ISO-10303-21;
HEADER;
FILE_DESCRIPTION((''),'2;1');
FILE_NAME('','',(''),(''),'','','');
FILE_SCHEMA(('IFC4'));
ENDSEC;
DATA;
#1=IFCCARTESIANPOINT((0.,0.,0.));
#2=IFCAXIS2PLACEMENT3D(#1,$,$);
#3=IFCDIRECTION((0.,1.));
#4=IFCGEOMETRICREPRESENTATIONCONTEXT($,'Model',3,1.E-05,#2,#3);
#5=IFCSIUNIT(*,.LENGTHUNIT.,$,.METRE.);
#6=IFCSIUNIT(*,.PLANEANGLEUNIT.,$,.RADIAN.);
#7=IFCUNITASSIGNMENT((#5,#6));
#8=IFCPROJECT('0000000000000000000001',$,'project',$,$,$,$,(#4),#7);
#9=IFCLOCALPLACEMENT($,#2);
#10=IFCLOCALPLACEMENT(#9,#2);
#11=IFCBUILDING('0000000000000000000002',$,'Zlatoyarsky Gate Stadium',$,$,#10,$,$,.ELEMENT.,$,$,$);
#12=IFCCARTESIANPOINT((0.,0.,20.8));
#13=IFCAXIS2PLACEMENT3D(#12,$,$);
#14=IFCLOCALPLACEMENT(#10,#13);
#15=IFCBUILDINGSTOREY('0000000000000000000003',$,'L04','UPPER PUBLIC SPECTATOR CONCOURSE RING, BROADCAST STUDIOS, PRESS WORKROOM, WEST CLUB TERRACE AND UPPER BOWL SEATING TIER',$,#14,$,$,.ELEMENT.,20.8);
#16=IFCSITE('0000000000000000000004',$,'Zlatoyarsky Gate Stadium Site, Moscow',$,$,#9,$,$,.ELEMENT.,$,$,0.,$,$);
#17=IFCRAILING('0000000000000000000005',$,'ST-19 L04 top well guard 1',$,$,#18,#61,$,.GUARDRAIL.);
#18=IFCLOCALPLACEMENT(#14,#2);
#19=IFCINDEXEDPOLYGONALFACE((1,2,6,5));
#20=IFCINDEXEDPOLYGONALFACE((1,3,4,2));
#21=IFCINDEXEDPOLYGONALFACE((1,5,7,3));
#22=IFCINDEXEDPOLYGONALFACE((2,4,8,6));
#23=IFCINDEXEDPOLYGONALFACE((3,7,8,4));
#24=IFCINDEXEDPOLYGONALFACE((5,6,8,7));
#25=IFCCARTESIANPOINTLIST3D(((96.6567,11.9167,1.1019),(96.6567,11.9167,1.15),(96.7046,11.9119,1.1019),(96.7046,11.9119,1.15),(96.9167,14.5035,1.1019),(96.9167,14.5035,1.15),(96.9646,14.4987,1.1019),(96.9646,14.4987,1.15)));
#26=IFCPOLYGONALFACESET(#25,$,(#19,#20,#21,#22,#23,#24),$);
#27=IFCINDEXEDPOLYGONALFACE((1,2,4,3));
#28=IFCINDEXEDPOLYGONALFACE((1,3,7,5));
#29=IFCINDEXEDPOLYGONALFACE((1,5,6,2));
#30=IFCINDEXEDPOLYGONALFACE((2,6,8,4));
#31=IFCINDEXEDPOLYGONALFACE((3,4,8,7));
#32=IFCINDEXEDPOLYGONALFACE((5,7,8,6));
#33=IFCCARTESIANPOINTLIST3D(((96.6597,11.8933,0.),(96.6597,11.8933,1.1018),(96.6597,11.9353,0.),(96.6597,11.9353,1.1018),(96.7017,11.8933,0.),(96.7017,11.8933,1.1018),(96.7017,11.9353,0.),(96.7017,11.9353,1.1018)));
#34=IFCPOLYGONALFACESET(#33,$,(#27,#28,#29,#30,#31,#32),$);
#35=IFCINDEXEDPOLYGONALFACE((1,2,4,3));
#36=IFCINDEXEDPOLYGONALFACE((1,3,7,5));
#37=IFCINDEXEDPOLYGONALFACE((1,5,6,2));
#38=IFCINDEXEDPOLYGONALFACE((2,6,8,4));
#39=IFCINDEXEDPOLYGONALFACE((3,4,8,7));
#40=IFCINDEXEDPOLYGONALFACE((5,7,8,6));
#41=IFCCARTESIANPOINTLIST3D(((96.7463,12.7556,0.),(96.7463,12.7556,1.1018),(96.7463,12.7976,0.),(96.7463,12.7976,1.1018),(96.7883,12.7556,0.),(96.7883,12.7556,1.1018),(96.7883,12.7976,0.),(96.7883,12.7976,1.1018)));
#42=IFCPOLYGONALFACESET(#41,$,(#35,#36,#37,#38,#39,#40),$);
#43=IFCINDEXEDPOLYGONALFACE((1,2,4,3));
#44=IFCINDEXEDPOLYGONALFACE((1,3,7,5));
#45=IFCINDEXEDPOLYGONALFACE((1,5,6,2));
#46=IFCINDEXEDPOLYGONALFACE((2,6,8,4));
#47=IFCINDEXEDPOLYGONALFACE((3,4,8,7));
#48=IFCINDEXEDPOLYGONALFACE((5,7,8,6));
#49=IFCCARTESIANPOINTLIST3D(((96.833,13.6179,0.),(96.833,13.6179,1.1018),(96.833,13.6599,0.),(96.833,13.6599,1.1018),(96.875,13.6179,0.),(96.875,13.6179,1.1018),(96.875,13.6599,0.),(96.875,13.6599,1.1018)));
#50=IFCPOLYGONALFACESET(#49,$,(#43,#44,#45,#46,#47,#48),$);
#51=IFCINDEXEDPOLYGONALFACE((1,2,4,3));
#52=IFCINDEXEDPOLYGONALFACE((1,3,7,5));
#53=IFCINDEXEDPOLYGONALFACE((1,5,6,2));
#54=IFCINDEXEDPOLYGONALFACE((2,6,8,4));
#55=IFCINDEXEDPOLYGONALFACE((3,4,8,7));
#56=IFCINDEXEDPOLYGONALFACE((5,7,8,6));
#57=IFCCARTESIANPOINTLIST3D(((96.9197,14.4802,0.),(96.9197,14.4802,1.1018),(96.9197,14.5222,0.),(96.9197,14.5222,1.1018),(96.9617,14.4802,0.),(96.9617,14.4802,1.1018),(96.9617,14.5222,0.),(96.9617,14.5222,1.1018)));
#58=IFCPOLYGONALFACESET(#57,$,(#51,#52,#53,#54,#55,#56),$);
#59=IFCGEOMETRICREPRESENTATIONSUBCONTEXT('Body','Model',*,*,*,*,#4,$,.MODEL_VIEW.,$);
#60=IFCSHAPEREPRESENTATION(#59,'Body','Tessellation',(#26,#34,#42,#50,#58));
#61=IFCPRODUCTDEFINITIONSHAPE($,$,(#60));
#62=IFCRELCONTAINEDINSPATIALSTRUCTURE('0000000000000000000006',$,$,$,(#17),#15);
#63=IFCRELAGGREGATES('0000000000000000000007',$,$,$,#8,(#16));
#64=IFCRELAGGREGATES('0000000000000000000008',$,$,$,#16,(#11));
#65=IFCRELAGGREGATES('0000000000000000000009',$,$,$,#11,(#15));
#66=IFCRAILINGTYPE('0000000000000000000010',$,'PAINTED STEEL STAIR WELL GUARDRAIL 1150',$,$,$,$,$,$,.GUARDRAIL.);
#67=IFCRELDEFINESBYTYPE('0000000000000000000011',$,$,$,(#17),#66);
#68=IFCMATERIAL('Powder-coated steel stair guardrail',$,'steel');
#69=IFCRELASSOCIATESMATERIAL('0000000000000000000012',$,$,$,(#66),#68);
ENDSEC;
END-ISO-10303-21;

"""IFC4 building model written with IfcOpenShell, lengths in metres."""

from ifc_helpers import new_model, si_unit, direction, frame, origin, origin_2d, place, context, subcontext, project, spatial, rectangle, extrude, material, type_object, element, save


model = new_model("IFC4")

# Units and contexts
model_context = context("Model", 3, precision=1e-05, world=origin(), true_north=direction((0.0, 1.0)))
body_context = subcontext(model_context, "Body", "Model", "MODEL_VIEW")
ifc_project = project(units=[si_unit("LENGTHUNIT", "METRE"), si_unit("PLANEANGLEUNIT", "RADIAN")], contexts=[model_context])

# Site, building, storey
site_placement = place(None, origin())
site = spatial("IfcSite", under=ifc_project, at=site_placement, Name="Zlatoyarsky Gate Stadium Site, Moscow", CompositionType="ELEMENT", RefElevation=0.0)
building_placement = place(site_placement, origin())
building = spatial("IfcBuilding", under=site, at=building_placement, Name="Zlatoyarsky Gate Stadium", CompositionType="ELEMENT")
storey_placement = place(building_placement, frame((0.0, 0.0, 20.8)))
storey = spatial("IfcBuildingStorey", under=building, at=storey_placement, Name="L04", Description="UPPER PUBLIC SPECTATOR CONCOURSE RING, BROADCAST STUDIOS, PRESS WORKROOM, WEST CLUB TERRACE AND UPPER BOWL SEATING TIER", CompositionType="ELEMENT", Elevation=20.8)

# Railing
ifc_material_1 = material(Name="Powder-coated steel stair guardrail", Category="steel")
railing_type = type_object("IfcRailingType", Name="PAINTED STEEL STAIR WELL GUARDRAIL 1150", PredefinedType="GUARDRAIL", material=ifc_material_1)
railing_placement = place(storey_placement, frame((96.6807, 11.9143, 0.0)))
element("IfcRailing", 1, at=railing_placement, inside=storey, type_object=railing_type, Name="ST-19 L04 top well guard 1", PredefinedType="GUARDRAIL", context=body_context, shape_type="SweptSolid", body=[
    extrude(rectangle(XDim=0.0481, YDim=0.0481, at=origin_2d()), frame((0.0, 0.0, 1.126), z_axis=(0.100006, 0.994987, 0.0), x_axis=(-0.994987, 0.100006, 0.0)), (0.0, 0.0, 1.0), 2.5999),
    extrude(rectangle(XDim=0.042, YDim=0.042, at=origin_2d()), origin(), (0.0, 0.0, 1.0), 1.1018),
    extrude(rectangle(XDim=0.042, YDim=0.042, at=origin_2d()), frame((0.0867, 0.8623, 0.0)), (0.0, 0.0, 1.0), 1.1018),
    extrude(rectangle(XDim=0.042, YDim=0.042, at=origin_2d()), frame((0.1733, 1.7246, 0.0)), (0.0, 0.0, 1.0), 1.1018),
    extrude(rectangle(XDim=0.042, YDim=0.042, at=origin_2d()), frame((0.26, 2.5869, 0.0)), (0.0, 0.0, 1.0), 1.1018),
])

save(model, "model.ifc")
